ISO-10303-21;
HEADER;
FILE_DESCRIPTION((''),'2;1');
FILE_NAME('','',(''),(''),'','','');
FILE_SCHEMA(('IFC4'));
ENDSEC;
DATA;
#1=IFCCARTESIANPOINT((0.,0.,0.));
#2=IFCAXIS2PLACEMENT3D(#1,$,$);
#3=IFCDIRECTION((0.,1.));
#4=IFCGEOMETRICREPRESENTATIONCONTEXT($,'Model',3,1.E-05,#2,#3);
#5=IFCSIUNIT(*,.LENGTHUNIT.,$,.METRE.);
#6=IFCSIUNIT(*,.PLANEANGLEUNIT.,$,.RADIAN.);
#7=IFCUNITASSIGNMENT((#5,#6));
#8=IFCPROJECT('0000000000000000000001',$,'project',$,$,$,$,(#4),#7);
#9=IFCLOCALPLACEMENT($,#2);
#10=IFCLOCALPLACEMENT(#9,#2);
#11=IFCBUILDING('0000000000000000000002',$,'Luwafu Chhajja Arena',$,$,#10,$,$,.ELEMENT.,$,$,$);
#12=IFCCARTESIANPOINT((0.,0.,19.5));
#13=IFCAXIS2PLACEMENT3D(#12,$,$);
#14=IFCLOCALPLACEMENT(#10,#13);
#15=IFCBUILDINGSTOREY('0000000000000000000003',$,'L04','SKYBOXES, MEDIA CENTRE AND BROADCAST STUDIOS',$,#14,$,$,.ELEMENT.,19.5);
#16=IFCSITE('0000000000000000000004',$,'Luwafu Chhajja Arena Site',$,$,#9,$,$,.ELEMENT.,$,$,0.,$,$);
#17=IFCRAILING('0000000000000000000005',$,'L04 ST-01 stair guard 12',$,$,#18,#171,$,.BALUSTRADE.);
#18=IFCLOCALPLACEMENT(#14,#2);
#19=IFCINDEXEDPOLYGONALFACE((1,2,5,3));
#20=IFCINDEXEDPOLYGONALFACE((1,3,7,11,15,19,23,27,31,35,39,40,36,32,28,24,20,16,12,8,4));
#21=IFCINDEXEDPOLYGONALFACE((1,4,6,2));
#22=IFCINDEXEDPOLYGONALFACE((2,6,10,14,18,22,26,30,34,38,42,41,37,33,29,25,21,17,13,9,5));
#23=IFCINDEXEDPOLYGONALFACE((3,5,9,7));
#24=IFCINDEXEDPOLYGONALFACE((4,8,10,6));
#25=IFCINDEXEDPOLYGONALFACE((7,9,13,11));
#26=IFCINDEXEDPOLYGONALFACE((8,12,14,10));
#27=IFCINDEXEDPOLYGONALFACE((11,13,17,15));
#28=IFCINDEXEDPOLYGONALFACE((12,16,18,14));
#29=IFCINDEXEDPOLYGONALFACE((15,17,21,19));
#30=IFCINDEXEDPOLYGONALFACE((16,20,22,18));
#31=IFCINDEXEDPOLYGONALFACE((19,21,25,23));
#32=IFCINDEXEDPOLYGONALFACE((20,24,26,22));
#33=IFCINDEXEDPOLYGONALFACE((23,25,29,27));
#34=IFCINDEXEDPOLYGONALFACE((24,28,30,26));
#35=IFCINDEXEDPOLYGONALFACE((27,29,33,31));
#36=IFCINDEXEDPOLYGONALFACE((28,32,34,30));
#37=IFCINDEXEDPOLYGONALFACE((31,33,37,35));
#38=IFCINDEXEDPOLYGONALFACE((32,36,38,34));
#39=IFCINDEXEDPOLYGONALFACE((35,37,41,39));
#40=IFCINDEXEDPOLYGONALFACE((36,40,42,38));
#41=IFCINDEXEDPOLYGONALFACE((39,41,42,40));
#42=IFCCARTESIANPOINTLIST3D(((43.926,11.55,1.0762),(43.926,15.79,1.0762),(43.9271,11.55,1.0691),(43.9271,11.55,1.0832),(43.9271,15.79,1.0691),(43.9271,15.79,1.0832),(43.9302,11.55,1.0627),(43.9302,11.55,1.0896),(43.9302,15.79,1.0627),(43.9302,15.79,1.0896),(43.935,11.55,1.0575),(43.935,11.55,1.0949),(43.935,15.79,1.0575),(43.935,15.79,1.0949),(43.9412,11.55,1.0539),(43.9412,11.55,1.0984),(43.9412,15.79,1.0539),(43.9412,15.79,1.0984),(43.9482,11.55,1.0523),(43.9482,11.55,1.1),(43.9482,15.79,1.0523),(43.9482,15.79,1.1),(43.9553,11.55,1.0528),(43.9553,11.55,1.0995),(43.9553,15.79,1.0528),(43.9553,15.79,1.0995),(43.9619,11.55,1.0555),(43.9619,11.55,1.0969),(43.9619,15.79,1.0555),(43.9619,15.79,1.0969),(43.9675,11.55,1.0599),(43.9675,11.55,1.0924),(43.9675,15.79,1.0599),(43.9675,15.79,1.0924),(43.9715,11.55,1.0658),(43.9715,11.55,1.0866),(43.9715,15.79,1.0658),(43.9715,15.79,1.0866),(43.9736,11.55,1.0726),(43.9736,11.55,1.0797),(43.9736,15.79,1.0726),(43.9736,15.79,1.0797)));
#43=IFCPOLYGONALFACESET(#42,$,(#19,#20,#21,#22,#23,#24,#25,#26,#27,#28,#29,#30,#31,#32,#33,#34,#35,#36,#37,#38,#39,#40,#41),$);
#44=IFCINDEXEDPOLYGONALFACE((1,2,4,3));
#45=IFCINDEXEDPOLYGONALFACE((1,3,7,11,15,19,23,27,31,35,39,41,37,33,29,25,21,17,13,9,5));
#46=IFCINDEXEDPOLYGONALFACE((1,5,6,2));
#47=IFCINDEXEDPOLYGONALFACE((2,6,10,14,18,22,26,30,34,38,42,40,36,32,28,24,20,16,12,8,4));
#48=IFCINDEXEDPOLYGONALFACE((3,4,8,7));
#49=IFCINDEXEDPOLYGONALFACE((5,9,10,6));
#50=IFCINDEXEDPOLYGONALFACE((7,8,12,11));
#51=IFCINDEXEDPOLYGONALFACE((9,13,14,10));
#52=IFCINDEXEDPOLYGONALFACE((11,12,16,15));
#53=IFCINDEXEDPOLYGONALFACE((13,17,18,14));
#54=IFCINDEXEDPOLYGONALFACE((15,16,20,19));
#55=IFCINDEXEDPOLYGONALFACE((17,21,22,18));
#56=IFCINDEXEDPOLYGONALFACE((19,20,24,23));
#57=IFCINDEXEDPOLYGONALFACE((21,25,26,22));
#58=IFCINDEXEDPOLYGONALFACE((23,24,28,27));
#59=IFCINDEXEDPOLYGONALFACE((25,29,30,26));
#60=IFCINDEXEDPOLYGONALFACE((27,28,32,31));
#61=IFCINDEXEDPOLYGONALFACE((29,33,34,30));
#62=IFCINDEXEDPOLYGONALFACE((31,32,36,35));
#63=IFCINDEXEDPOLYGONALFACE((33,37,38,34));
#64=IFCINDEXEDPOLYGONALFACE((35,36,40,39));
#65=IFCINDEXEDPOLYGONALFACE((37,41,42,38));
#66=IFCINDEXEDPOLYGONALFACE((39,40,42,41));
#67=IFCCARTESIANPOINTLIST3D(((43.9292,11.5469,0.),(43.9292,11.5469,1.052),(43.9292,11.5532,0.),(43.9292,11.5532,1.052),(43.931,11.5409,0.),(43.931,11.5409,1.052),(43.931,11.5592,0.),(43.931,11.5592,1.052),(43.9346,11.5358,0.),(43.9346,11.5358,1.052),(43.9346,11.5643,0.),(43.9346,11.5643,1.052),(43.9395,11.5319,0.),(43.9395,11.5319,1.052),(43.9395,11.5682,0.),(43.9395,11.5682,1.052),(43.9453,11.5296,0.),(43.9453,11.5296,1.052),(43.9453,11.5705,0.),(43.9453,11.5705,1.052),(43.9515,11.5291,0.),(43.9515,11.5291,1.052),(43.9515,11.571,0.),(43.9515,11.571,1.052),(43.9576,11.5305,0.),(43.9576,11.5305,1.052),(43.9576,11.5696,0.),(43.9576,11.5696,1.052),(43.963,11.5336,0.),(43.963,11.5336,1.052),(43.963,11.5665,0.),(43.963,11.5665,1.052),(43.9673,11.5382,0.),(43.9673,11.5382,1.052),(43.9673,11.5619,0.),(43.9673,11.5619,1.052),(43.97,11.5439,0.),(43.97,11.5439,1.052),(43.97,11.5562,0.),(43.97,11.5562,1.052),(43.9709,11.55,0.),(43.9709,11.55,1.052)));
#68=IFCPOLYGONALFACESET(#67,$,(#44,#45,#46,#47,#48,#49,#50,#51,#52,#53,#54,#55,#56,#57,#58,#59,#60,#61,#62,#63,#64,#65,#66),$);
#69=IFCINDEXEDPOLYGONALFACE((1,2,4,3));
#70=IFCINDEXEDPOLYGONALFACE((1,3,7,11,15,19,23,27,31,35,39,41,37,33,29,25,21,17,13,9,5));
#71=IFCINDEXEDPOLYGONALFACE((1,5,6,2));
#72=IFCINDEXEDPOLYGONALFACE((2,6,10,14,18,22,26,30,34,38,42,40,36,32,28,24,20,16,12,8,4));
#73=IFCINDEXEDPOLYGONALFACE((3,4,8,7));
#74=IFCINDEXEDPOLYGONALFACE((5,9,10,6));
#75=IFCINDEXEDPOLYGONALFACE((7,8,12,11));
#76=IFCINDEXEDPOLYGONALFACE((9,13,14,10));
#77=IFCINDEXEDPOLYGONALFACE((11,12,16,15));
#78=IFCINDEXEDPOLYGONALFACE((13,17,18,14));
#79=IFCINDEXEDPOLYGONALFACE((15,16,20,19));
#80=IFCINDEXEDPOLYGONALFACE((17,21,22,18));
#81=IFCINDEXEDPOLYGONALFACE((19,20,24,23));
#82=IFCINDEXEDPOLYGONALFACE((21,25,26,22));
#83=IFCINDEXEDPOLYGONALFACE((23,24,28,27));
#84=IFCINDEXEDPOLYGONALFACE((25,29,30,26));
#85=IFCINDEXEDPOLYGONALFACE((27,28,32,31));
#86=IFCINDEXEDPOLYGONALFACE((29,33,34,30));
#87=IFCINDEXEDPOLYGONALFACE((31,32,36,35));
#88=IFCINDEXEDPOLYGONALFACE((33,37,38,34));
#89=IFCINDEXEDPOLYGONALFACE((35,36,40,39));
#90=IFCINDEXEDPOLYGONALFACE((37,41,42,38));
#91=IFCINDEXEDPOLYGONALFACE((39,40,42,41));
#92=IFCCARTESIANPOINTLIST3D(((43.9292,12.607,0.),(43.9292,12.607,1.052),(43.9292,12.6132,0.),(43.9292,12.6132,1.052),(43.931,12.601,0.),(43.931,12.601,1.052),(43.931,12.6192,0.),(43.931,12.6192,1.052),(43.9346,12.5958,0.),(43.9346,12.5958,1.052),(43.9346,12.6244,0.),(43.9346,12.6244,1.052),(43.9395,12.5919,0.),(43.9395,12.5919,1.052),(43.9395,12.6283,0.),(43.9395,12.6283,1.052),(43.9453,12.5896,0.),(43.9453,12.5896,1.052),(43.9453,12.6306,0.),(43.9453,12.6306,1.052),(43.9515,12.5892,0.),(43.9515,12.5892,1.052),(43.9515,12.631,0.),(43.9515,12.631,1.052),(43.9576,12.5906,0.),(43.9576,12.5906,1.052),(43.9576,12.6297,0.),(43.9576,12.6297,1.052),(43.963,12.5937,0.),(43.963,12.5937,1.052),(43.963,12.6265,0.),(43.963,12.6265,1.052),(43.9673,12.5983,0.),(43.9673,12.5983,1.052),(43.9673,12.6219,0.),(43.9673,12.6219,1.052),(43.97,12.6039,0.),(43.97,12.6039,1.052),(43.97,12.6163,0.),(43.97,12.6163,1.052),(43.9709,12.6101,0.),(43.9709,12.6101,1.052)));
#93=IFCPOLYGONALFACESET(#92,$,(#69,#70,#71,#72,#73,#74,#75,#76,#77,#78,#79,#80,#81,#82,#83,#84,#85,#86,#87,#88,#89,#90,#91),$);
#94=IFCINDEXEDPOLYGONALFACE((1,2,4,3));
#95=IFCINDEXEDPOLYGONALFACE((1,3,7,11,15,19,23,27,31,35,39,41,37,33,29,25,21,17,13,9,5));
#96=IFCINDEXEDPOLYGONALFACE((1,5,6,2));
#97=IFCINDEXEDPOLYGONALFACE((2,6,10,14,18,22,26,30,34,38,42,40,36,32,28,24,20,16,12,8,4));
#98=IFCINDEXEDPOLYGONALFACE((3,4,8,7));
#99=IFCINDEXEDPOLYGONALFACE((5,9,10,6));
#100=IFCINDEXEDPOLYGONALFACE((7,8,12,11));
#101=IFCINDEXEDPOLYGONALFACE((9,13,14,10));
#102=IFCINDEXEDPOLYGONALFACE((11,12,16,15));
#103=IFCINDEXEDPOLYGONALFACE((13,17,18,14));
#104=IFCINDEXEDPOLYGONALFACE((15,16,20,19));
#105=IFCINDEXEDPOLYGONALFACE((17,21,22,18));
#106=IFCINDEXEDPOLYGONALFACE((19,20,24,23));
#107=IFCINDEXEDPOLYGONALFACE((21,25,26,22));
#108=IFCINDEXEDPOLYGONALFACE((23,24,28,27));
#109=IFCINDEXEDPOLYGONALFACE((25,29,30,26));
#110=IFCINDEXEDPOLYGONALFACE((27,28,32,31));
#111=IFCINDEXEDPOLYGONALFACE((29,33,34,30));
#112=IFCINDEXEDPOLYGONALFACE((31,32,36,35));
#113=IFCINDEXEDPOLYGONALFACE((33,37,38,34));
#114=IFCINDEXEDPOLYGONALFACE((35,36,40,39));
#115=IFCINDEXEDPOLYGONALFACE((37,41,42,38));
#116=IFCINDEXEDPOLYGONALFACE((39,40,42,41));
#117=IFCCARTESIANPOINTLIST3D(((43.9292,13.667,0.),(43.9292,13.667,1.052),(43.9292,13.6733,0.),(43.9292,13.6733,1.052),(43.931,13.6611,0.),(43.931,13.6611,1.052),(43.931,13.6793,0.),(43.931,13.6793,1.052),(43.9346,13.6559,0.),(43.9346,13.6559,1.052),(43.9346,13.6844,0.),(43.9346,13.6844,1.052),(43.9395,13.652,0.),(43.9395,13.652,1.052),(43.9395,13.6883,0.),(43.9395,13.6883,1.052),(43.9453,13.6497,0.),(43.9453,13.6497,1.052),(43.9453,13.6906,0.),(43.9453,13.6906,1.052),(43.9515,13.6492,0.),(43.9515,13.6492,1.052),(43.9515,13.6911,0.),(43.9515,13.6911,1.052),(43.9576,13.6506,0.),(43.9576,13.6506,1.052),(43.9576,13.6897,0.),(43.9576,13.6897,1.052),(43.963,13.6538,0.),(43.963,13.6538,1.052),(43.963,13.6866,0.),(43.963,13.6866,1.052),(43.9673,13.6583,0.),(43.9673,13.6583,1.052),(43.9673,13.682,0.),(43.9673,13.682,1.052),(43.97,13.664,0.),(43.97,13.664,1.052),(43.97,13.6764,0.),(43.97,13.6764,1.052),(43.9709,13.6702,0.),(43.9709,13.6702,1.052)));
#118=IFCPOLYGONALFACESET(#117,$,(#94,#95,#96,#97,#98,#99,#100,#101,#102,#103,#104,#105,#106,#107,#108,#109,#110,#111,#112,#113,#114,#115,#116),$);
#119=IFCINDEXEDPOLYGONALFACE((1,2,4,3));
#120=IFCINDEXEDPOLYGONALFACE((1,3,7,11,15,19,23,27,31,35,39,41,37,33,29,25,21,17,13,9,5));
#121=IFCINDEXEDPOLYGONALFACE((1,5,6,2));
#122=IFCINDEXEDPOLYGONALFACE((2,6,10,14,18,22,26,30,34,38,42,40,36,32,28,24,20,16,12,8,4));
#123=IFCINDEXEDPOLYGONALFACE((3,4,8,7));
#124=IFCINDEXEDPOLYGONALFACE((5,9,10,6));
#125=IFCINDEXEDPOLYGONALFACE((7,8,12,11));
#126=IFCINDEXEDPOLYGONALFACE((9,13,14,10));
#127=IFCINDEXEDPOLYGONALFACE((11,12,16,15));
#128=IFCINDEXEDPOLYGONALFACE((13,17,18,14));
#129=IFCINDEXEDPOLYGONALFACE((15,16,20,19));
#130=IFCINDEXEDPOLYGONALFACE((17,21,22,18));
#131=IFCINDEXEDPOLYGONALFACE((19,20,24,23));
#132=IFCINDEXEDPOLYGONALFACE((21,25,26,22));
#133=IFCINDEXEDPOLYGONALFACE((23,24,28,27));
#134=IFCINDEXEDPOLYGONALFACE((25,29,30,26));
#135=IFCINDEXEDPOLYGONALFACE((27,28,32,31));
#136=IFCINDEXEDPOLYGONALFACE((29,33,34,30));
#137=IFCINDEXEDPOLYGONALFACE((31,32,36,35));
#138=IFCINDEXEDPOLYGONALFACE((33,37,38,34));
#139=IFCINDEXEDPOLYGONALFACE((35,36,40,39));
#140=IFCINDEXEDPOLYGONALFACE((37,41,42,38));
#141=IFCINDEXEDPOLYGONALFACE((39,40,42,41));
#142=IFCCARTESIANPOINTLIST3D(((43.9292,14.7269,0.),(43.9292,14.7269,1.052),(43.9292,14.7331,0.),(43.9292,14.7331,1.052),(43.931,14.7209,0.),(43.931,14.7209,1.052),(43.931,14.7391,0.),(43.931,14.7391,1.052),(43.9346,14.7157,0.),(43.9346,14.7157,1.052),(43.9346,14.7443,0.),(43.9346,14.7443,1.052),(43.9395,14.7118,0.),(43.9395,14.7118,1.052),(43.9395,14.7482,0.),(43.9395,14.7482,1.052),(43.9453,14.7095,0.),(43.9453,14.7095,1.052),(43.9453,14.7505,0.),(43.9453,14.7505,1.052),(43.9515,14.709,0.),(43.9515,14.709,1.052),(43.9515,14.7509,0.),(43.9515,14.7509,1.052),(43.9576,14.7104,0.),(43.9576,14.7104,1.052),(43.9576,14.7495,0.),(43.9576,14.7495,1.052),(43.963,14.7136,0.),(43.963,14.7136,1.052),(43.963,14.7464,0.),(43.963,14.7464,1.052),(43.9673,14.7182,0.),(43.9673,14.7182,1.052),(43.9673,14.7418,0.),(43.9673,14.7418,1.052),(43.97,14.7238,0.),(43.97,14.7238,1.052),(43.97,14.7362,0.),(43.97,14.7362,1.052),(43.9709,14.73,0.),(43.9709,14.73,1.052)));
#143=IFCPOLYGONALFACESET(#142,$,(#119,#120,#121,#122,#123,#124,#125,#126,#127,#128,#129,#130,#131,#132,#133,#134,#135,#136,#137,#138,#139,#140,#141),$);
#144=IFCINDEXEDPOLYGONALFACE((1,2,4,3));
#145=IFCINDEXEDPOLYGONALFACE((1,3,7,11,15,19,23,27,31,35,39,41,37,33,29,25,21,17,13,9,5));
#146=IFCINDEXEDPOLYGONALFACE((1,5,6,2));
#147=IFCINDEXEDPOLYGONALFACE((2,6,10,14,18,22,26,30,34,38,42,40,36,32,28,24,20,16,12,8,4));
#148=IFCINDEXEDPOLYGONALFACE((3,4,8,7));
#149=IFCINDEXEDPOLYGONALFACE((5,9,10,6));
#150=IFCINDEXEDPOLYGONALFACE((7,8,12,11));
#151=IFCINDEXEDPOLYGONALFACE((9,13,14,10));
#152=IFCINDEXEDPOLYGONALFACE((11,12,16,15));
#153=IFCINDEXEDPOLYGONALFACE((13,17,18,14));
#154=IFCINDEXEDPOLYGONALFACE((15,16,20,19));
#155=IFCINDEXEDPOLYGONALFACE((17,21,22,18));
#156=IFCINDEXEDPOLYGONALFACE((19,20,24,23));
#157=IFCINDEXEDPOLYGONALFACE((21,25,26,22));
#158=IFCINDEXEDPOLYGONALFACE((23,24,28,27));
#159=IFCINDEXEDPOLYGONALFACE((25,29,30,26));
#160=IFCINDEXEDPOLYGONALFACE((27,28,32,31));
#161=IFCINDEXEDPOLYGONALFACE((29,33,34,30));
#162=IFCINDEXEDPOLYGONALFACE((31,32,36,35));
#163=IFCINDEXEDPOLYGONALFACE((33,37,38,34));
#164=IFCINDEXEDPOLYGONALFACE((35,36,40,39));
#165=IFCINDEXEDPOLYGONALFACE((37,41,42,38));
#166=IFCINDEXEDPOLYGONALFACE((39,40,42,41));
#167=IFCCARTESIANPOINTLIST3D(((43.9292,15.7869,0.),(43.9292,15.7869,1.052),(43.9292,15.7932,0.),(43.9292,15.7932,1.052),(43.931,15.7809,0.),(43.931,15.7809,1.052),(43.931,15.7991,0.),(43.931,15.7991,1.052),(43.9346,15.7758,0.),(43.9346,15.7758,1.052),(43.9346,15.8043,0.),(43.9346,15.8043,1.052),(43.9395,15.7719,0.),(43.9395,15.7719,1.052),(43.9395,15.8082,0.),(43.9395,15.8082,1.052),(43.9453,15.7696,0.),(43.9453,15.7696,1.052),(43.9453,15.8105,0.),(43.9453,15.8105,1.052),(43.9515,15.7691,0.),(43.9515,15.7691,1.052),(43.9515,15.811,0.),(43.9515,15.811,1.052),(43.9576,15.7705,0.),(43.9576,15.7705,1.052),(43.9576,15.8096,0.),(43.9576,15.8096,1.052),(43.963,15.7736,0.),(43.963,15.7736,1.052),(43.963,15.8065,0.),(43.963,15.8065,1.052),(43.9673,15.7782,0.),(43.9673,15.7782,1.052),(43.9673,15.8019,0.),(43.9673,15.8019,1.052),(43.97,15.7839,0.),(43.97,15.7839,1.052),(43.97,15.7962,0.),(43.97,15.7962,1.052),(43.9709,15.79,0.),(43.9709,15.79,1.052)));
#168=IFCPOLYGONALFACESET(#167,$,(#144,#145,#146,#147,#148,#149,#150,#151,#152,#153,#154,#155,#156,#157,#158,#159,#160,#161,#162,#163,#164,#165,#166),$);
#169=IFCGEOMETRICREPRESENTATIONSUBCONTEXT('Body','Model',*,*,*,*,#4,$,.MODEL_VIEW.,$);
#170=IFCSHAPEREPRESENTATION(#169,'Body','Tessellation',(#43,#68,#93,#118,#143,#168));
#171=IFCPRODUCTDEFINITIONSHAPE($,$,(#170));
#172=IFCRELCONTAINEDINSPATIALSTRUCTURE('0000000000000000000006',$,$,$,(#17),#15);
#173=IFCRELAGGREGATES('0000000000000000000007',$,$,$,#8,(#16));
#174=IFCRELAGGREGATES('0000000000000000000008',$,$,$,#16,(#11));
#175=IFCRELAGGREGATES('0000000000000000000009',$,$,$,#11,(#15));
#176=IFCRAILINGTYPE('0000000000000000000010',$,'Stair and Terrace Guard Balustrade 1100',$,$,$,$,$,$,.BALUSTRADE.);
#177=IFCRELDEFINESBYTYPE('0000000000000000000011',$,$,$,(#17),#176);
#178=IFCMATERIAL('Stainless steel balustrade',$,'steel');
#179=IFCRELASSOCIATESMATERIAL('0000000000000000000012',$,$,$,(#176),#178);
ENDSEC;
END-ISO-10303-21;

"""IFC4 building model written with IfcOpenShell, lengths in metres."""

from ifc_helpers import new_model, si_unit, direction, frame, origin, origin_2d, place, context, subcontext, project, spatial, circle, extrude, material, type_object, element, save


model = new_model("IFC4")

# Units and contexts
model_context = context("Model", 3, precision=1e-05, world=origin(), true_north=direction((0.0, 1.0)))
body_context = subcontext(model_context, "Body", "Model", "MODEL_VIEW")
ifc_project = project(units=[si_unit("LENGTHUNIT", "METRE"), si_unit("PLANEANGLEUNIT", "RADIAN")], contexts=[model_context])

# Site, building, storey
site_placement = place(None, origin())
site = spatial("IfcSite", under=ifc_project, at=site_placement, Name="Luwafu Chhajja Arena Site", CompositionType="ELEMENT", RefElevation=0.0)
building_placement = place(site_placement, origin())
building = spatial("IfcBuilding", under=site, at=building_placement, Name="Luwafu Chhajja Arena", CompositionType="ELEMENT")
storey_placement = place(building_placement, frame((0.0, 0.0, 19.5)))
storey = spatial("IfcBuildingStorey", under=building, at=storey_placement, Name="L04", Description="SKYBOXES, MEDIA CENTRE AND BROADCAST STUDIOS", CompositionType="ELEMENT", Elevation=19.5)

# Railing
ifc_material_1 = material(Name="Stainless steel balustrade", Category="steel")
railing_type_1 = type_object("IfcRailingType", Name="Stair and Terrace Guard Balustrade 1100", PredefinedType="BALUSTRADE", material=ifc_material_1)
railing_1_placement = place(storey_placement, frame((43.95, 11.55, 0.0)))
element("IfcRailing", 1, at=railing_1_placement, inside=storey, type_object=railing_type_1, Name="L04 ST-01 stair guard 12", PredefinedType="BALUSTRADE", context=body_context, shape_type="SweptSolid", body=[
    extrude(circle(Radius=0.0239, at=origin_2d()), frame((0.0, 0.0, 1.0762), z_axis=(0.0, 1.0, 0.0), x_axis=(-1.0, 0.0, 0.0)), (0.0, 0.0, 1.0), 4.24),
    extrude(circle(Radius=0.021, at=origin_2d()), origin(), (0.0, 0.0, 1.0), 1.052),
    extrude(circle(Radius=0.021, at=origin_2d()), frame((0.0, 1.0601, 0.0)), (0.0, 0.0, 1.0), 1.052),
    extrude(circle(Radius=0.021, at=origin_2d()), frame((0.0, 2.1201, 0.0)), (0.0, 0.0, 1.0), 1.052),
    extrude(circle(Radius=0.021, at=origin_2d()), frame((0.0, 3.1799, 0.0)), (0.0, 0.0, 1.0), 1.052),
    extrude(circle(Radius=0.021, at=origin_2d()), frame((0.0, 4.24, 0.0)), (0.0, 0.0, 1.0), 1.052),
])

save(model, "model.ifc")
